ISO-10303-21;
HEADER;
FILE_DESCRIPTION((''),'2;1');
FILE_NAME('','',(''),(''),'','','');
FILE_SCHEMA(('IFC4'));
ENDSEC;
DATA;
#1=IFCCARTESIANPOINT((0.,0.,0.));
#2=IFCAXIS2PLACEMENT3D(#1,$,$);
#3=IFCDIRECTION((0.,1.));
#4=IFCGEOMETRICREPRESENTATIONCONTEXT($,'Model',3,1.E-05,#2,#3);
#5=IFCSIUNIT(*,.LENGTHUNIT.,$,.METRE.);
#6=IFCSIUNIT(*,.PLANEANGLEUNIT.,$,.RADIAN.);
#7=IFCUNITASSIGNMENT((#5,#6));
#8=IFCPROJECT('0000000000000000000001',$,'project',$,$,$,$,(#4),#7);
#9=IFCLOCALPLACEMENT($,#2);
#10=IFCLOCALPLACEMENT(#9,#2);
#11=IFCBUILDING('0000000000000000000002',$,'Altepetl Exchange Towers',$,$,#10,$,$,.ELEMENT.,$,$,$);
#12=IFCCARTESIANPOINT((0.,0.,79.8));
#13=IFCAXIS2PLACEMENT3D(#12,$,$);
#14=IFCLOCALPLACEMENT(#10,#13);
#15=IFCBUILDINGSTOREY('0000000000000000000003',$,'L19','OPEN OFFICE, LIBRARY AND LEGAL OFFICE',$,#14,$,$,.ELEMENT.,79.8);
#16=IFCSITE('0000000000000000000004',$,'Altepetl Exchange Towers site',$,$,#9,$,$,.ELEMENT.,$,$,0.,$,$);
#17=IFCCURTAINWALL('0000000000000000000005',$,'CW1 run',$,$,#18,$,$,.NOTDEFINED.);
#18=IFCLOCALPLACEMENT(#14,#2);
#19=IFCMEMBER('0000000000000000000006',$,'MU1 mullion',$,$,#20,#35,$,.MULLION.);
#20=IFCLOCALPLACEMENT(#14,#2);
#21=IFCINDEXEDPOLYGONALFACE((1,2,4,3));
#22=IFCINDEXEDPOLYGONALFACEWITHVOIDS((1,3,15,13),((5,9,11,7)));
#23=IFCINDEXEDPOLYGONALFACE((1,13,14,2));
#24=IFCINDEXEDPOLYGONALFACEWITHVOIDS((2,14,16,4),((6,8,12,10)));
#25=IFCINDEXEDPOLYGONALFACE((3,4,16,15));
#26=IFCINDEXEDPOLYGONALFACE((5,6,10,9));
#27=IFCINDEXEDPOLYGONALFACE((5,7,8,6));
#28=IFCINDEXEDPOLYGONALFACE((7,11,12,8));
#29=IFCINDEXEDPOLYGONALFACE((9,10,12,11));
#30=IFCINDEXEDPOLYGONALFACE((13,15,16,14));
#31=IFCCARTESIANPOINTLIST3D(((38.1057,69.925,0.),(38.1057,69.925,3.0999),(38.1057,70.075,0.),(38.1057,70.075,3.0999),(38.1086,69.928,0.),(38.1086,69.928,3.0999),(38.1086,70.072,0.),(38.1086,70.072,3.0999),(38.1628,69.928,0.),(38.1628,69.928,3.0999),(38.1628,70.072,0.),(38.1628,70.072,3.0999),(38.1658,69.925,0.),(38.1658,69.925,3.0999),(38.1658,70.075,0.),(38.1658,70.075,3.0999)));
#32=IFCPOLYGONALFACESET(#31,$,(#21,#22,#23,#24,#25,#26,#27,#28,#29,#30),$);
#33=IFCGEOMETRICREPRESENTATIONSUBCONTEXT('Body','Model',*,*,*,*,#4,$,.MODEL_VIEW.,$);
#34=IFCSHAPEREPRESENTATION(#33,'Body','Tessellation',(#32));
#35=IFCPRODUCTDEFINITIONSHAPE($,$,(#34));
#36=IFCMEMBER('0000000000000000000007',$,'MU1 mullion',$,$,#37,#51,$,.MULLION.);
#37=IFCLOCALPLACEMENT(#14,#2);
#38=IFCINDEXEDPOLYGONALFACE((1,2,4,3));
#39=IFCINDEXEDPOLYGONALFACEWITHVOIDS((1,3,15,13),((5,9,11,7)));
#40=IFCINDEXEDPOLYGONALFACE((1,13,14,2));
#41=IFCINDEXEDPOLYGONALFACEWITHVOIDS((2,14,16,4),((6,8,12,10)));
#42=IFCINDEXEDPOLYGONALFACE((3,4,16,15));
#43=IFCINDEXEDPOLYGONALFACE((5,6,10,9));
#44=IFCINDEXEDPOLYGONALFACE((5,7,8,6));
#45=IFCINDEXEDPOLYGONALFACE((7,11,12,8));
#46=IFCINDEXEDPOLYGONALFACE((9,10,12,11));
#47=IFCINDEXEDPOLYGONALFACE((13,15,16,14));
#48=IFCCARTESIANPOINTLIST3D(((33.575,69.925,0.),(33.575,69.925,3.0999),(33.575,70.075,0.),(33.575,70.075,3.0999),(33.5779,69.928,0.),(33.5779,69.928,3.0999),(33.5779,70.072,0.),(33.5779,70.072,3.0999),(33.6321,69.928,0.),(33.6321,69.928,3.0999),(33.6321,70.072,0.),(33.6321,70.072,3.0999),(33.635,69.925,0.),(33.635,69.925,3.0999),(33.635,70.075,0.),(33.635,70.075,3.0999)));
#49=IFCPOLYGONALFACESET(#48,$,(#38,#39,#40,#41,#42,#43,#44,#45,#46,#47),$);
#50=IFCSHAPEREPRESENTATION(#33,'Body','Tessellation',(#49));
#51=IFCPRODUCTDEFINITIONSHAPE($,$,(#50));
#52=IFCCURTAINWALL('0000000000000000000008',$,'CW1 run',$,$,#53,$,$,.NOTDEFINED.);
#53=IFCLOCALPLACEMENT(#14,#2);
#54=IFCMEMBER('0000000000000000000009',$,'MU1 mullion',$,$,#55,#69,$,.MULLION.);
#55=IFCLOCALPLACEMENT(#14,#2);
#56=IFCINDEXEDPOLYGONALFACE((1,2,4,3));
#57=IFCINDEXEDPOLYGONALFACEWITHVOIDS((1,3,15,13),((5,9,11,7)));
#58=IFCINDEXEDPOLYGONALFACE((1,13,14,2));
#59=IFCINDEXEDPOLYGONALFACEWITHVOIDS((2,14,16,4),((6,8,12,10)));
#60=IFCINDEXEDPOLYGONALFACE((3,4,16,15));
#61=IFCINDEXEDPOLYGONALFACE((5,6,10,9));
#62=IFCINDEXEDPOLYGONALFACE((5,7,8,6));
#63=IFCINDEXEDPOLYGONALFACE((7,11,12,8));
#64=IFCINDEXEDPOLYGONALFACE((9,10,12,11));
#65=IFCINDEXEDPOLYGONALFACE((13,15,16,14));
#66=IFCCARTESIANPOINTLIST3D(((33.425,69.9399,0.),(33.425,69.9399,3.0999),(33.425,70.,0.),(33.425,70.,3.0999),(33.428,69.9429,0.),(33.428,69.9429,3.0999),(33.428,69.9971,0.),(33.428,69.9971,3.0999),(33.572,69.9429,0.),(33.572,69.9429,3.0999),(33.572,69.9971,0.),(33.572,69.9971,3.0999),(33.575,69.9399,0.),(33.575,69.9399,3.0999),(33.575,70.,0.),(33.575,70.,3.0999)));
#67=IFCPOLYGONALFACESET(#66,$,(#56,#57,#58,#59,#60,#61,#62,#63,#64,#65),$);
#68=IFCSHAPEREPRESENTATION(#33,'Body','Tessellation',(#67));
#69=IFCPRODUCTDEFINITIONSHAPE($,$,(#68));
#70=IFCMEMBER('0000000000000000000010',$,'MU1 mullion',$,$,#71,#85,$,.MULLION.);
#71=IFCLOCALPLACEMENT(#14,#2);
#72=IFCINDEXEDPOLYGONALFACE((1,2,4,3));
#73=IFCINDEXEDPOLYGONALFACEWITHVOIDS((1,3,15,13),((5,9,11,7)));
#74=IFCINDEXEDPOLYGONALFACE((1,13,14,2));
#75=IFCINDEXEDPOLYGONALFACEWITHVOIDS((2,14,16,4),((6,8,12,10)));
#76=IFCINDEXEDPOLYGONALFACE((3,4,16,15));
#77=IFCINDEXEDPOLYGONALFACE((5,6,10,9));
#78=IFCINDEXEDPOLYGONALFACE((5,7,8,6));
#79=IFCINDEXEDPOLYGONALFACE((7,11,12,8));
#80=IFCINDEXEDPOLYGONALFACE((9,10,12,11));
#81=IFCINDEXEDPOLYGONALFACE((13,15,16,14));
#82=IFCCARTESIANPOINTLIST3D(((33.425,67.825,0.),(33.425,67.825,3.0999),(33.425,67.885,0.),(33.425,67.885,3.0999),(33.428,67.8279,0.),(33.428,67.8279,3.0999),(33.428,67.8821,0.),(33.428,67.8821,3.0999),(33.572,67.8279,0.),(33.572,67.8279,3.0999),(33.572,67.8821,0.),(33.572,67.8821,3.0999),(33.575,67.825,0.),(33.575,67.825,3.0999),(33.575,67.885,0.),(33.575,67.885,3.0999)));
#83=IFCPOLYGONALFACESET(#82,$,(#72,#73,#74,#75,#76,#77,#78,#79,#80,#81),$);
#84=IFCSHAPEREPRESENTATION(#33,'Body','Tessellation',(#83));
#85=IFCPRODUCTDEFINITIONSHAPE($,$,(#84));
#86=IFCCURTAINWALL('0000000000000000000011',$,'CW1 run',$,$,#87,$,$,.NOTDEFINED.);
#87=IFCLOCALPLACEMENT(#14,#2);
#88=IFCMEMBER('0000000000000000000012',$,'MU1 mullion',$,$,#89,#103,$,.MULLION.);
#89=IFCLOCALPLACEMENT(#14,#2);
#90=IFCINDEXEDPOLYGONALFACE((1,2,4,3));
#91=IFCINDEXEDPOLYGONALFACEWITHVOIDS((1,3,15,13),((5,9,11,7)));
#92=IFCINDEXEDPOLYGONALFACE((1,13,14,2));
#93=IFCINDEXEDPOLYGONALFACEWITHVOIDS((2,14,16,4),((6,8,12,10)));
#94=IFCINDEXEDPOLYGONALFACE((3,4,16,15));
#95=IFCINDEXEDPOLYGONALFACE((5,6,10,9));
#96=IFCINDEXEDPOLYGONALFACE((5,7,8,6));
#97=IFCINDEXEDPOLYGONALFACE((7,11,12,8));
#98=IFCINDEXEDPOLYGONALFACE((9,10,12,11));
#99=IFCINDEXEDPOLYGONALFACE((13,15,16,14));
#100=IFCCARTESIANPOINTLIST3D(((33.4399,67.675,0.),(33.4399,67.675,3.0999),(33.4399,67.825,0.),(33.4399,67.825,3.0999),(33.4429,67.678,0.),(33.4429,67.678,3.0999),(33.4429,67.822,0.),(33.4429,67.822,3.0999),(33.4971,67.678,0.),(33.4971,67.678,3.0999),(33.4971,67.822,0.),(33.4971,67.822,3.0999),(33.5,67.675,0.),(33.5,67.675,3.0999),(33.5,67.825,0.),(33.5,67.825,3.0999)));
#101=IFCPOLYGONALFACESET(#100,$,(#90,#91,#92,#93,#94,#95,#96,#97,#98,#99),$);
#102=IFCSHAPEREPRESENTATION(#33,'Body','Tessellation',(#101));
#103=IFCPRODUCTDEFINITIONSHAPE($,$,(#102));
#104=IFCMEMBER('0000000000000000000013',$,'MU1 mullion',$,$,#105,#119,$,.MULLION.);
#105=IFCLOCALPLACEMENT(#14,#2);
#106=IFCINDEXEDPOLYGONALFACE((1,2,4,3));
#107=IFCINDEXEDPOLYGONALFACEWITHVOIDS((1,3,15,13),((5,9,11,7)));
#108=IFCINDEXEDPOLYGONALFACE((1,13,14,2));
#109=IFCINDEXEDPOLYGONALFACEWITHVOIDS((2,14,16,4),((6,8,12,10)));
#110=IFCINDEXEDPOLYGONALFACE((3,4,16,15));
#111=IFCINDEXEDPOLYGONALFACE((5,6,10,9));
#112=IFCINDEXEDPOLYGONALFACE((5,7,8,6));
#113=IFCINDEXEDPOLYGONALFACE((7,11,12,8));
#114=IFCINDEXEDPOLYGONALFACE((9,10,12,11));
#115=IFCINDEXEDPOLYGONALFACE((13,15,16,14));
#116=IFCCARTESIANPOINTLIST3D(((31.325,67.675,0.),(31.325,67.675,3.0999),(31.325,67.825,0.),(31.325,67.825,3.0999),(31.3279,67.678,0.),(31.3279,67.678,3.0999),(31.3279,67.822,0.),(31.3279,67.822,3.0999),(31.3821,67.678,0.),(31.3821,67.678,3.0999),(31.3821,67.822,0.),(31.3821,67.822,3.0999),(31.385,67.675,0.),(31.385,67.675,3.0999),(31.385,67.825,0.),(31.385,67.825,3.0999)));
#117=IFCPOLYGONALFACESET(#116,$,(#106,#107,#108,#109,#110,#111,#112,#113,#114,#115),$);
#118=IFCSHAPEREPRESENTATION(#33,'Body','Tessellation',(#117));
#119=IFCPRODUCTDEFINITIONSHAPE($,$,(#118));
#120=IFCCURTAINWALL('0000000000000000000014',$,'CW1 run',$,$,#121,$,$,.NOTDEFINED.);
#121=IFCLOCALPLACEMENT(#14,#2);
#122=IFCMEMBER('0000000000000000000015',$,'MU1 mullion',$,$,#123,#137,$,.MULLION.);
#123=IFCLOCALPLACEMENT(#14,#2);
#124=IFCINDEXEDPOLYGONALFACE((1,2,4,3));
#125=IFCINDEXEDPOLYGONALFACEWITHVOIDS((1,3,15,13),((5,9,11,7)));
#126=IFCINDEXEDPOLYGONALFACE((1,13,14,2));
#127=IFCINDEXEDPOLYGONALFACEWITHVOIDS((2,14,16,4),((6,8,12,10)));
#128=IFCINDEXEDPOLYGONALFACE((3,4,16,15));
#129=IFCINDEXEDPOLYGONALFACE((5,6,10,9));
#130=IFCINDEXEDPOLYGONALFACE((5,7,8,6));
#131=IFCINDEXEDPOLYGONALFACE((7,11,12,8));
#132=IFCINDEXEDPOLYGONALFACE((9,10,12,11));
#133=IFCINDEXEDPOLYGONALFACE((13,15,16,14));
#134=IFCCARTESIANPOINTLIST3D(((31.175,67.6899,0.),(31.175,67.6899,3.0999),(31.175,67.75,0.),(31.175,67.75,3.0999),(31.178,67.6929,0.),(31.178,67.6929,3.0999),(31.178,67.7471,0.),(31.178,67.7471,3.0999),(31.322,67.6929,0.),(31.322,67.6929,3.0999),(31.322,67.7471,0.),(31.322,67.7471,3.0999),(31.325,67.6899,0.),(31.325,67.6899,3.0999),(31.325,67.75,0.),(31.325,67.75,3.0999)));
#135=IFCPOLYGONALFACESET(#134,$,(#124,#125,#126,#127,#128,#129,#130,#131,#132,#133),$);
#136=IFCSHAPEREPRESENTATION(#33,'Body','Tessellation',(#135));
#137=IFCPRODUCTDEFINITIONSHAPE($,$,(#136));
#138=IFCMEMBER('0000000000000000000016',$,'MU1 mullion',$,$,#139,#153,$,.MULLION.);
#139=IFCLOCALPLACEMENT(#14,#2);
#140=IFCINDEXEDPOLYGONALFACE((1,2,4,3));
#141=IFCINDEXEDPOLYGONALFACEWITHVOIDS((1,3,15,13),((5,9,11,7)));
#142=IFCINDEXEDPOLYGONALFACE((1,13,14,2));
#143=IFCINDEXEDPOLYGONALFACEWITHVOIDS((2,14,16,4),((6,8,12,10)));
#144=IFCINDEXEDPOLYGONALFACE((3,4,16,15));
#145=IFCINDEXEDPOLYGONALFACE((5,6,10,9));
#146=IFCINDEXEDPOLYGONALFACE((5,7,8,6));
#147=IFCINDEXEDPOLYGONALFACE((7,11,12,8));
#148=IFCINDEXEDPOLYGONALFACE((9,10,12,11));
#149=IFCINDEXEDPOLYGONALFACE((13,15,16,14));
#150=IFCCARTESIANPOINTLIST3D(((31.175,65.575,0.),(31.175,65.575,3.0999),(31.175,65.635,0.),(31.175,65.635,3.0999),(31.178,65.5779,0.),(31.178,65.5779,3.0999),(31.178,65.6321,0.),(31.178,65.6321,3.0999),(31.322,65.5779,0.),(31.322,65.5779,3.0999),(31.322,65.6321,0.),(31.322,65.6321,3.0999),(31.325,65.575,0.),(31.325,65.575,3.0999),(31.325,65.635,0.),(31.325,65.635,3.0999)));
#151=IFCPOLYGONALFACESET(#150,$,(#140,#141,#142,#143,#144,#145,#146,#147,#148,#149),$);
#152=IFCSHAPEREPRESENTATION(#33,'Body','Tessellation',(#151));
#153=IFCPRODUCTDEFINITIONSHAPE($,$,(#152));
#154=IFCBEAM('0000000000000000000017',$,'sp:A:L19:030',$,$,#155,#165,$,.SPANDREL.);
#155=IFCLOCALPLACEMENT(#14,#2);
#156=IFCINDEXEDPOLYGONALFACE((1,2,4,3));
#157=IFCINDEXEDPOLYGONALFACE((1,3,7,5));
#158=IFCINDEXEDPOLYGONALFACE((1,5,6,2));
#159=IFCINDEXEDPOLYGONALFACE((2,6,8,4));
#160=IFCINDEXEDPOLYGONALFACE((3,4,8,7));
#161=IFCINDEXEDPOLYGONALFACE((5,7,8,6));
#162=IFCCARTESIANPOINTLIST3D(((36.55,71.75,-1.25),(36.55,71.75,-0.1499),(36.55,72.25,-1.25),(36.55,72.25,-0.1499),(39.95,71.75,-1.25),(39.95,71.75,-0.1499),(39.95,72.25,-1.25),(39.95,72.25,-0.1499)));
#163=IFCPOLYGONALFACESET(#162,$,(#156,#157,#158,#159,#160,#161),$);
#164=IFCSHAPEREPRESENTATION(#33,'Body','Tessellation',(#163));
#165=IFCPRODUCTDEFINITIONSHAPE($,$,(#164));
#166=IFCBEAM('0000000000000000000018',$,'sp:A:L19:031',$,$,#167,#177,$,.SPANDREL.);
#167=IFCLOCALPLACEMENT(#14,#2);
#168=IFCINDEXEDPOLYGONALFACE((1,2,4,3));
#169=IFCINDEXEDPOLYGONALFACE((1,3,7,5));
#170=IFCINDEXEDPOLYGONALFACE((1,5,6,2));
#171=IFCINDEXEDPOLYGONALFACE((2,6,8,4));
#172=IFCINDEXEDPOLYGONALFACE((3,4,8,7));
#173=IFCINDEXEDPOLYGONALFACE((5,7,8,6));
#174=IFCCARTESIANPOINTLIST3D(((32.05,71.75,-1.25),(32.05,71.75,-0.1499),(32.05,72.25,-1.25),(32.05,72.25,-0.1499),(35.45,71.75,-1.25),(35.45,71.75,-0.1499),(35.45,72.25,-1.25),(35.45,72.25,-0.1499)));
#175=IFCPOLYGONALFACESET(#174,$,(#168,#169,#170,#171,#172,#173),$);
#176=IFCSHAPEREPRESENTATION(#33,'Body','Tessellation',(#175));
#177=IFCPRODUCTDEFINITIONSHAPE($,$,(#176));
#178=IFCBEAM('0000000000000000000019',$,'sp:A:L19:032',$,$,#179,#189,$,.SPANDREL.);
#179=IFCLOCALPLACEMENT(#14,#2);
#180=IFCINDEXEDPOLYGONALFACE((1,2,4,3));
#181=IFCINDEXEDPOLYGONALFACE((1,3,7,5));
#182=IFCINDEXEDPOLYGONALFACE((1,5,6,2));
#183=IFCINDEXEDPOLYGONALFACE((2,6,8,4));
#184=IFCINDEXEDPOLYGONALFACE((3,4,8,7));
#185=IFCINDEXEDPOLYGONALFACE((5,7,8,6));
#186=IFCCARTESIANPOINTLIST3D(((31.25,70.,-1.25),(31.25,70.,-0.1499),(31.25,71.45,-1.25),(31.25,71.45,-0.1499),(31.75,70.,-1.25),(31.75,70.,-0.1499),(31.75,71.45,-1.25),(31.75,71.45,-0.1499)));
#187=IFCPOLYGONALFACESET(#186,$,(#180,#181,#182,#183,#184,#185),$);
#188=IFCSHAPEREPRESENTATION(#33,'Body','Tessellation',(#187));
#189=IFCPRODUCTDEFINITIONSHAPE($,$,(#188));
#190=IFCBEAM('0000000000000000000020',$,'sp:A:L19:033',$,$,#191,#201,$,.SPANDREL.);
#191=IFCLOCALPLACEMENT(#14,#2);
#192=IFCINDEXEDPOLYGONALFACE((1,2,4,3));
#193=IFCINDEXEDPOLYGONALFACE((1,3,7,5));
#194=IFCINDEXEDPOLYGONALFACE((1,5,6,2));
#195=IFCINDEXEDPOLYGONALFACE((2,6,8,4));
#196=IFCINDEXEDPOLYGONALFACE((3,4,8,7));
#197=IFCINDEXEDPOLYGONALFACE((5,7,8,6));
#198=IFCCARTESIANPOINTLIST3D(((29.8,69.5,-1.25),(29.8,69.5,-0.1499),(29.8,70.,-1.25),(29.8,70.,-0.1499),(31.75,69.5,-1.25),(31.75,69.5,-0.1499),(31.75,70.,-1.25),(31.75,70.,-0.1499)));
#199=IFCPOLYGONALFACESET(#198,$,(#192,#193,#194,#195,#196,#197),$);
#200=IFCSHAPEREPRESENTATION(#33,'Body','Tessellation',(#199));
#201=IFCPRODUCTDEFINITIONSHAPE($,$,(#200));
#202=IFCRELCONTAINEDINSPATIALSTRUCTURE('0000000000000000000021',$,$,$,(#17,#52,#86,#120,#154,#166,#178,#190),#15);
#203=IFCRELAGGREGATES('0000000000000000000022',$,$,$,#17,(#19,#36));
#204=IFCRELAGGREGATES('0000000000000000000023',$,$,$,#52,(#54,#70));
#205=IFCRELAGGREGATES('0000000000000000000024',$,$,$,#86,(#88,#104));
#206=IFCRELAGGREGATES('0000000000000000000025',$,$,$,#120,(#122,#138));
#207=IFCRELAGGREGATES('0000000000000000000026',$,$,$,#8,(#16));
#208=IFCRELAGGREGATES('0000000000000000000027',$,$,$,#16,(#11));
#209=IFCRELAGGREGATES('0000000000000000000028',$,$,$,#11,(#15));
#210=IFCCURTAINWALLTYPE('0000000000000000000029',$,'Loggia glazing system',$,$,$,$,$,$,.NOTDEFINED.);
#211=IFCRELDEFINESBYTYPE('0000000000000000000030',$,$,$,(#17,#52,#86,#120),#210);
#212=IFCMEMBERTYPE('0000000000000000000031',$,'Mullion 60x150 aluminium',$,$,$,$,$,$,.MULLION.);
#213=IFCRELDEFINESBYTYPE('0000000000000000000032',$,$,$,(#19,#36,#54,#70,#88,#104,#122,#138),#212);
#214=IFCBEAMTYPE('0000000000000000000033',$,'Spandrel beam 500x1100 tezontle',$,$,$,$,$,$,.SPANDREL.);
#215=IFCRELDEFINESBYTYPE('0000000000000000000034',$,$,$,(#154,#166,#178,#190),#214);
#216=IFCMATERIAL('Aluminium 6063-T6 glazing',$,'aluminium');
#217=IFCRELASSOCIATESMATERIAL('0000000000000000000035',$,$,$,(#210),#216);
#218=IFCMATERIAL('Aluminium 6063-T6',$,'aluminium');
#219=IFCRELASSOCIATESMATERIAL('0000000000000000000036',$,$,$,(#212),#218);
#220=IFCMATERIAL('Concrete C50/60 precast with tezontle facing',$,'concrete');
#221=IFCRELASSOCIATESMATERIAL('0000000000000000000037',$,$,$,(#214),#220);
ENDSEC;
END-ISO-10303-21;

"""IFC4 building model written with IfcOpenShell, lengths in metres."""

from ifc_helpers import new_model, si_unit, direction, frame, origin, origin_2d, place, context, subcontext, project, spatial, rectangle, hollow_rectangle, extrude, material, material_profile, profile_set, type_object, element, aggregate, save


model = new_model("IFC4")

# Units and contexts
model_context = context("Model", 3, precision=1e-05, world=origin(), true_north=direction((0.0, 1.0)))
body_context = subcontext(model_context, "Body", "Model", "MODEL_VIEW")
ifc_project = project(units=[si_unit("LENGTHUNIT", "METRE"), si_unit("PLANEANGLEUNIT", "RADIAN")], contexts=[model_context])

# Site, building, storey
site_placement = place(None, origin())
site = spatial("IfcSite", under=ifc_project, at=site_placement, Name="Altepetl Exchange Towers site", CompositionType="ELEMENT", RefElevation=0.0)
building_placement = place(site_placement, origin())
building = spatial("IfcBuilding", under=site, at=building_placement, Name="Altepetl Exchange Towers", CompositionType="ELEMENT")
storey_placement = place(building_placement, frame((0.0, 0.0, 79.8)))
storey = spatial("IfcBuildingStorey", under=building, at=storey_placement, Name="L19", Description="OPEN OFFICE, LIBRARY AND LEGAL OFFICE", CompositionType="ELEMENT", Elevation=79.8)

# Curtain walls, members
ifc_material_1 = material(Name="Aluminium 6063-T6 glazing", Category="aluminium")
curtain_wall_type = type_object("IfcCurtainWallType", Name="Loggia glazing system", PredefinedType="NOTDEFINED", material=ifc_material_1)
ifc_material_2 = material(Name="Aluminium 6063-T6", Category="aluminium")
ifc_material_profile_1 = material_profile(ifc_material_2, hollow_rectangle(XDim=0.0601, YDim=0.1499, WallThickness=0.0029, at=origin_2d()), Name="Mullion 60x150 aluminium")
ifc_profile_set_1 = profile_set([ifc_material_profile_1], Name="Aluminium 6063-T6")
member_type = type_object("IfcMemberType", Name="Mullion 60x150 aluminium", PredefinedType="MULLION", material=ifc_profile_set_1)
curtain_wall_1_placement = place(storey_placement, origin())
curtain_wall_1 = element("IfcCurtainWall", 1, at=curtain_wall_1_placement, inside=storey, type_object=curtain_wall_type, Name="CW1 run", PredefinedType="NOTDEFINED")
member_1_placement = place(storey_placement, frame((38.1357, 70.0, 0.0), z_axis=(0.0, 0.0, 1.0), x_axis=(-1.0, 0.0, 0.0)))
member_1 = element("IfcMember", 2, at=member_1_placement, type_object=member_type, Name="MU1 mullion", PredefinedType="MULLION", context=body_context, shape_type="SweptSolid", body=[
    extrude(hollow_rectangle(XDim=0.0601, YDim=0.1499, WallThickness=0.0029, at=origin_2d()), origin(), (0.0, 0.0, 1.0), 3.0999),
])
member_2_placement = place(storey_placement, frame((33.605, 70.0, 0.0), z_axis=(0.0, 0.0, 1.0), x_axis=(-1.0, 0.0, 0.0)))
member_2 = element("IfcMember", 3, at=member_2_placement, type_object=member_type, Name="MU1 mullion", PredefinedType="MULLION", context=body_context, shape_type="SweptSolid", body=[
    extrude(hollow_rectangle(XDim=0.0601, YDim=0.1499, WallThickness=0.0029, at=origin_2d()), origin(), (0.0, 0.0, 1.0), 3.0999),
])
curtain_wall_2_placement = place(storey_placement, origin())
curtain_wall_2 = element("IfcCurtainWall", 4, at=curtain_wall_2_placement, inside=storey, type_object=curtain_wall_type, Name="CW1 run", PredefinedType="NOTDEFINED")
member_3_placement = place(storey_placement, frame((33.5, 69.97, 0.0), z_axis=(0.0, 0.0, 1.0), x_axis=(0.0, -1.0, 0.0)))
member_3 = element("IfcMember", 5, at=member_3_placement, type_object=member_type, Name="MU1 mullion", PredefinedType="MULLION", context=body_context, shape_type="SweptSolid", body=[
    extrude(hollow_rectangle(XDim=0.0601, YDim=0.1499, WallThickness=0.0029, at=origin_2d()), origin(), (0.0, 0.0, 1.0), 3.0999),
])
member_4_placement = place(storey_placement, frame((33.5, 67.855, 0.0), z_axis=(0.0, 0.0, 1.0), x_axis=(0.0, -1.0, 0.0)))
member_4 = element("IfcMember", 6, at=member_4_placement, type_object=member_type, Name="MU1 mullion", PredefinedType="MULLION", context=body_context, shape_type="SweptSolid", body=[
    extrude(hollow_rectangle(XDim=0.0601, YDim=0.1499, WallThickness=0.0029, at=origin_2d()), origin(), (0.0, 0.0, 1.0), 3.0999),
])
curtain_wall_3_placement = place(storey_placement, origin())
curtain_wall_3 = element("IfcCurtainWall", 7, at=curtain_wall_3_placement, inside=storey, type_object=curtain_wall_type, Name="CW1 run", PredefinedType="NOTDEFINED")
member_5_placement = place(storey_placement, frame((33.47, 67.75, 0.0), z_axis=(0.0, 0.0, 1.0), x_axis=(-1.0, 0.0, 0.0)))
member_5 = element("IfcMember", 8, at=member_5_placement, type_object=member_type, Name="MU1 mullion", PredefinedType="MULLION", context=body_context, shape_type="SweptSolid", body=[
    extrude(hollow_rectangle(XDim=0.0601, YDim=0.1499, WallThickness=0.0029, at=origin_2d()), origin(), (0.0, 0.0, 1.0), 3.0999),
])
member_6_placement = place(storey_placement, frame((31.355, 67.75, 0.0), z_axis=(0.0, 0.0, 1.0), x_axis=(-1.0, 0.0, 0.0)))
member_6 = element("IfcMember", 9, at=member_6_placement, type_object=member_type, Name="MU1 mullion", PredefinedType="MULLION", context=body_context, shape_type="SweptSolid", body=[
    extrude(hollow_rectangle(XDim=0.0601, YDim=0.1499, WallThickness=0.0029, at=origin_2d()), origin(), (0.0, 0.0, 1.0), 3.0999),
])
curtain_wall_4_placement = place(storey_placement, origin())
curtain_wall_4 = element("IfcCurtainWall", 10, at=curtain_wall_4_placement, inside=storey, type_object=curtain_wall_type, Name="CW1 run", PredefinedType="NOTDEFINED")
member_7_placement = place(storey_placement, frame((31.25, 67.72, 0.0), z_axis=(0.0, 0.0, 1.0), x_axis=(0.0, -1.0, 0.0)))
member_7 = element("IfcMember", 11, at=member_7_placement, type_object=member_type, Name="MU1 mullion", PredefinedType="MULLION", context=body_context, shape_type="SweptSolid", body=[
    extrude(hollow_rectangle(XDim=0.0601, YDim=0.1499, WallThickness=0.0029, at=origin_2d()), origin(), (0.0, 0.0, 1.0), 3.0999),
])
member_8_placement = place(storey_placement, frame((31.25, 65.605, 0.0), z_axis=(0.0, 0.0, 1.0), x_axis=(0.0, -1.0, 0.0)))
member_8 = element("IfcMember", 12, at=member_8_placement, type_object=member_type, Name="MU1 mullion", PredefinedType="MULLION", context=body_context, shape_type="SweptSolid", body=[
    extrude(hollow_rectangle(XDim=0.0601, YDim=0.1499, WallThickness=0.0029, at=origin_2d()), origin(), (0.0, 0.0, 1.0), 3.0999),
])

# Beams
ifc_material_3 = material(Name="Concrete C50/60 precast with tezontle facing", Category="concrete")
ifc_material_profile_2 = material_profile(ifc_material_3, rectangle(XDim=0.5, YDim=1.1001, at=origin_2d()), Name="500 x 1100")
ifc_profile_set_2 = profile_set([ifc_material_profile_2], Name="Concrete C50/60 precast with tezontle facing")
beam_type_1 = type_object("IfcBeamType", Name="Spandrel beam 500x1100 tezontle", PredefinedType="SPANDREL", material=ifc_profile_set_2)
for number, where, z_axis, x_axis, name in (
    (13, (39.95, 72.0, -0.7), (-1.0, 0.0, 0.0), (0.0, -1.0, 0.0), "sp:A:L19:030"),
    (14, (35.45, 72.0, -0.7), (-1.0, 0.0, 0.0), (0.0, -1.0, 0.0), "sp:A:L19:031"),
):
    element("IfcBeam", number, at=place(storey_placement, frame(where, z_axis=z_axis, x_axis=x_axis)), inside=storey, type_object=beam_type_1, Name=name, PredefinedType="SPANDREL", context=body_context, shape_type="SweptSolid", body=[
        extrude(rectangle(XDim=0.5, YDim=1.1001, at=origin_2d()), origin(), (0.0, 0.0, 1.0), 3.3999),
    ])
beam_1_placement = place(storey_placement, frame((31.5, 71.45, -0.7), z_axis=(0.0, -1.0, 0.0), x_axis=(1.0, 0.0, 0.0)))
element("IfcBeam", 15, at=beam_1_placement, inside=storey, type_object=beam_type_1, Name="sp:A:L19:032", PredefinedType="SPANDREL", context=body_context, shape_type="SweptSolid", body=[
    extrude(rectangle(XDim=0.5, YDim=1.1001, at=origin_2d()), origin(), (0.0, 0.0, 1.0), 1.45),
])
beam_2_placement = place(storey_placement, frame((31.75, 69.75, -0.7), z_axis=(-1.0, 0.0, 0.0), x_axis=(0.0, -1.0, 0.0)))
element("IfcBeam", 16, at=beam_2_placement, inside=storey, type_object=beam_type_1, Name="sp:A:L19:033", PredefinedType="SPANDREL", context=body_context, shape_type="SweptSolid", body=[
    extrude(rectangle(XDim=0.5, YDim=1.1001, at=origin_2d()), origin(), (0.0, 0.0, 1.0), 1.95),
])

aggregate(curtain_wall_1, [member_1, member_2])
aggregate(curtain_wall_2, [member_3, member_4])
aggregate(curtain_wall_3, [member_5, member_6])
aggregate(curtain_wall_4, [member_7, member_8])

save(model, "model.ifc")
